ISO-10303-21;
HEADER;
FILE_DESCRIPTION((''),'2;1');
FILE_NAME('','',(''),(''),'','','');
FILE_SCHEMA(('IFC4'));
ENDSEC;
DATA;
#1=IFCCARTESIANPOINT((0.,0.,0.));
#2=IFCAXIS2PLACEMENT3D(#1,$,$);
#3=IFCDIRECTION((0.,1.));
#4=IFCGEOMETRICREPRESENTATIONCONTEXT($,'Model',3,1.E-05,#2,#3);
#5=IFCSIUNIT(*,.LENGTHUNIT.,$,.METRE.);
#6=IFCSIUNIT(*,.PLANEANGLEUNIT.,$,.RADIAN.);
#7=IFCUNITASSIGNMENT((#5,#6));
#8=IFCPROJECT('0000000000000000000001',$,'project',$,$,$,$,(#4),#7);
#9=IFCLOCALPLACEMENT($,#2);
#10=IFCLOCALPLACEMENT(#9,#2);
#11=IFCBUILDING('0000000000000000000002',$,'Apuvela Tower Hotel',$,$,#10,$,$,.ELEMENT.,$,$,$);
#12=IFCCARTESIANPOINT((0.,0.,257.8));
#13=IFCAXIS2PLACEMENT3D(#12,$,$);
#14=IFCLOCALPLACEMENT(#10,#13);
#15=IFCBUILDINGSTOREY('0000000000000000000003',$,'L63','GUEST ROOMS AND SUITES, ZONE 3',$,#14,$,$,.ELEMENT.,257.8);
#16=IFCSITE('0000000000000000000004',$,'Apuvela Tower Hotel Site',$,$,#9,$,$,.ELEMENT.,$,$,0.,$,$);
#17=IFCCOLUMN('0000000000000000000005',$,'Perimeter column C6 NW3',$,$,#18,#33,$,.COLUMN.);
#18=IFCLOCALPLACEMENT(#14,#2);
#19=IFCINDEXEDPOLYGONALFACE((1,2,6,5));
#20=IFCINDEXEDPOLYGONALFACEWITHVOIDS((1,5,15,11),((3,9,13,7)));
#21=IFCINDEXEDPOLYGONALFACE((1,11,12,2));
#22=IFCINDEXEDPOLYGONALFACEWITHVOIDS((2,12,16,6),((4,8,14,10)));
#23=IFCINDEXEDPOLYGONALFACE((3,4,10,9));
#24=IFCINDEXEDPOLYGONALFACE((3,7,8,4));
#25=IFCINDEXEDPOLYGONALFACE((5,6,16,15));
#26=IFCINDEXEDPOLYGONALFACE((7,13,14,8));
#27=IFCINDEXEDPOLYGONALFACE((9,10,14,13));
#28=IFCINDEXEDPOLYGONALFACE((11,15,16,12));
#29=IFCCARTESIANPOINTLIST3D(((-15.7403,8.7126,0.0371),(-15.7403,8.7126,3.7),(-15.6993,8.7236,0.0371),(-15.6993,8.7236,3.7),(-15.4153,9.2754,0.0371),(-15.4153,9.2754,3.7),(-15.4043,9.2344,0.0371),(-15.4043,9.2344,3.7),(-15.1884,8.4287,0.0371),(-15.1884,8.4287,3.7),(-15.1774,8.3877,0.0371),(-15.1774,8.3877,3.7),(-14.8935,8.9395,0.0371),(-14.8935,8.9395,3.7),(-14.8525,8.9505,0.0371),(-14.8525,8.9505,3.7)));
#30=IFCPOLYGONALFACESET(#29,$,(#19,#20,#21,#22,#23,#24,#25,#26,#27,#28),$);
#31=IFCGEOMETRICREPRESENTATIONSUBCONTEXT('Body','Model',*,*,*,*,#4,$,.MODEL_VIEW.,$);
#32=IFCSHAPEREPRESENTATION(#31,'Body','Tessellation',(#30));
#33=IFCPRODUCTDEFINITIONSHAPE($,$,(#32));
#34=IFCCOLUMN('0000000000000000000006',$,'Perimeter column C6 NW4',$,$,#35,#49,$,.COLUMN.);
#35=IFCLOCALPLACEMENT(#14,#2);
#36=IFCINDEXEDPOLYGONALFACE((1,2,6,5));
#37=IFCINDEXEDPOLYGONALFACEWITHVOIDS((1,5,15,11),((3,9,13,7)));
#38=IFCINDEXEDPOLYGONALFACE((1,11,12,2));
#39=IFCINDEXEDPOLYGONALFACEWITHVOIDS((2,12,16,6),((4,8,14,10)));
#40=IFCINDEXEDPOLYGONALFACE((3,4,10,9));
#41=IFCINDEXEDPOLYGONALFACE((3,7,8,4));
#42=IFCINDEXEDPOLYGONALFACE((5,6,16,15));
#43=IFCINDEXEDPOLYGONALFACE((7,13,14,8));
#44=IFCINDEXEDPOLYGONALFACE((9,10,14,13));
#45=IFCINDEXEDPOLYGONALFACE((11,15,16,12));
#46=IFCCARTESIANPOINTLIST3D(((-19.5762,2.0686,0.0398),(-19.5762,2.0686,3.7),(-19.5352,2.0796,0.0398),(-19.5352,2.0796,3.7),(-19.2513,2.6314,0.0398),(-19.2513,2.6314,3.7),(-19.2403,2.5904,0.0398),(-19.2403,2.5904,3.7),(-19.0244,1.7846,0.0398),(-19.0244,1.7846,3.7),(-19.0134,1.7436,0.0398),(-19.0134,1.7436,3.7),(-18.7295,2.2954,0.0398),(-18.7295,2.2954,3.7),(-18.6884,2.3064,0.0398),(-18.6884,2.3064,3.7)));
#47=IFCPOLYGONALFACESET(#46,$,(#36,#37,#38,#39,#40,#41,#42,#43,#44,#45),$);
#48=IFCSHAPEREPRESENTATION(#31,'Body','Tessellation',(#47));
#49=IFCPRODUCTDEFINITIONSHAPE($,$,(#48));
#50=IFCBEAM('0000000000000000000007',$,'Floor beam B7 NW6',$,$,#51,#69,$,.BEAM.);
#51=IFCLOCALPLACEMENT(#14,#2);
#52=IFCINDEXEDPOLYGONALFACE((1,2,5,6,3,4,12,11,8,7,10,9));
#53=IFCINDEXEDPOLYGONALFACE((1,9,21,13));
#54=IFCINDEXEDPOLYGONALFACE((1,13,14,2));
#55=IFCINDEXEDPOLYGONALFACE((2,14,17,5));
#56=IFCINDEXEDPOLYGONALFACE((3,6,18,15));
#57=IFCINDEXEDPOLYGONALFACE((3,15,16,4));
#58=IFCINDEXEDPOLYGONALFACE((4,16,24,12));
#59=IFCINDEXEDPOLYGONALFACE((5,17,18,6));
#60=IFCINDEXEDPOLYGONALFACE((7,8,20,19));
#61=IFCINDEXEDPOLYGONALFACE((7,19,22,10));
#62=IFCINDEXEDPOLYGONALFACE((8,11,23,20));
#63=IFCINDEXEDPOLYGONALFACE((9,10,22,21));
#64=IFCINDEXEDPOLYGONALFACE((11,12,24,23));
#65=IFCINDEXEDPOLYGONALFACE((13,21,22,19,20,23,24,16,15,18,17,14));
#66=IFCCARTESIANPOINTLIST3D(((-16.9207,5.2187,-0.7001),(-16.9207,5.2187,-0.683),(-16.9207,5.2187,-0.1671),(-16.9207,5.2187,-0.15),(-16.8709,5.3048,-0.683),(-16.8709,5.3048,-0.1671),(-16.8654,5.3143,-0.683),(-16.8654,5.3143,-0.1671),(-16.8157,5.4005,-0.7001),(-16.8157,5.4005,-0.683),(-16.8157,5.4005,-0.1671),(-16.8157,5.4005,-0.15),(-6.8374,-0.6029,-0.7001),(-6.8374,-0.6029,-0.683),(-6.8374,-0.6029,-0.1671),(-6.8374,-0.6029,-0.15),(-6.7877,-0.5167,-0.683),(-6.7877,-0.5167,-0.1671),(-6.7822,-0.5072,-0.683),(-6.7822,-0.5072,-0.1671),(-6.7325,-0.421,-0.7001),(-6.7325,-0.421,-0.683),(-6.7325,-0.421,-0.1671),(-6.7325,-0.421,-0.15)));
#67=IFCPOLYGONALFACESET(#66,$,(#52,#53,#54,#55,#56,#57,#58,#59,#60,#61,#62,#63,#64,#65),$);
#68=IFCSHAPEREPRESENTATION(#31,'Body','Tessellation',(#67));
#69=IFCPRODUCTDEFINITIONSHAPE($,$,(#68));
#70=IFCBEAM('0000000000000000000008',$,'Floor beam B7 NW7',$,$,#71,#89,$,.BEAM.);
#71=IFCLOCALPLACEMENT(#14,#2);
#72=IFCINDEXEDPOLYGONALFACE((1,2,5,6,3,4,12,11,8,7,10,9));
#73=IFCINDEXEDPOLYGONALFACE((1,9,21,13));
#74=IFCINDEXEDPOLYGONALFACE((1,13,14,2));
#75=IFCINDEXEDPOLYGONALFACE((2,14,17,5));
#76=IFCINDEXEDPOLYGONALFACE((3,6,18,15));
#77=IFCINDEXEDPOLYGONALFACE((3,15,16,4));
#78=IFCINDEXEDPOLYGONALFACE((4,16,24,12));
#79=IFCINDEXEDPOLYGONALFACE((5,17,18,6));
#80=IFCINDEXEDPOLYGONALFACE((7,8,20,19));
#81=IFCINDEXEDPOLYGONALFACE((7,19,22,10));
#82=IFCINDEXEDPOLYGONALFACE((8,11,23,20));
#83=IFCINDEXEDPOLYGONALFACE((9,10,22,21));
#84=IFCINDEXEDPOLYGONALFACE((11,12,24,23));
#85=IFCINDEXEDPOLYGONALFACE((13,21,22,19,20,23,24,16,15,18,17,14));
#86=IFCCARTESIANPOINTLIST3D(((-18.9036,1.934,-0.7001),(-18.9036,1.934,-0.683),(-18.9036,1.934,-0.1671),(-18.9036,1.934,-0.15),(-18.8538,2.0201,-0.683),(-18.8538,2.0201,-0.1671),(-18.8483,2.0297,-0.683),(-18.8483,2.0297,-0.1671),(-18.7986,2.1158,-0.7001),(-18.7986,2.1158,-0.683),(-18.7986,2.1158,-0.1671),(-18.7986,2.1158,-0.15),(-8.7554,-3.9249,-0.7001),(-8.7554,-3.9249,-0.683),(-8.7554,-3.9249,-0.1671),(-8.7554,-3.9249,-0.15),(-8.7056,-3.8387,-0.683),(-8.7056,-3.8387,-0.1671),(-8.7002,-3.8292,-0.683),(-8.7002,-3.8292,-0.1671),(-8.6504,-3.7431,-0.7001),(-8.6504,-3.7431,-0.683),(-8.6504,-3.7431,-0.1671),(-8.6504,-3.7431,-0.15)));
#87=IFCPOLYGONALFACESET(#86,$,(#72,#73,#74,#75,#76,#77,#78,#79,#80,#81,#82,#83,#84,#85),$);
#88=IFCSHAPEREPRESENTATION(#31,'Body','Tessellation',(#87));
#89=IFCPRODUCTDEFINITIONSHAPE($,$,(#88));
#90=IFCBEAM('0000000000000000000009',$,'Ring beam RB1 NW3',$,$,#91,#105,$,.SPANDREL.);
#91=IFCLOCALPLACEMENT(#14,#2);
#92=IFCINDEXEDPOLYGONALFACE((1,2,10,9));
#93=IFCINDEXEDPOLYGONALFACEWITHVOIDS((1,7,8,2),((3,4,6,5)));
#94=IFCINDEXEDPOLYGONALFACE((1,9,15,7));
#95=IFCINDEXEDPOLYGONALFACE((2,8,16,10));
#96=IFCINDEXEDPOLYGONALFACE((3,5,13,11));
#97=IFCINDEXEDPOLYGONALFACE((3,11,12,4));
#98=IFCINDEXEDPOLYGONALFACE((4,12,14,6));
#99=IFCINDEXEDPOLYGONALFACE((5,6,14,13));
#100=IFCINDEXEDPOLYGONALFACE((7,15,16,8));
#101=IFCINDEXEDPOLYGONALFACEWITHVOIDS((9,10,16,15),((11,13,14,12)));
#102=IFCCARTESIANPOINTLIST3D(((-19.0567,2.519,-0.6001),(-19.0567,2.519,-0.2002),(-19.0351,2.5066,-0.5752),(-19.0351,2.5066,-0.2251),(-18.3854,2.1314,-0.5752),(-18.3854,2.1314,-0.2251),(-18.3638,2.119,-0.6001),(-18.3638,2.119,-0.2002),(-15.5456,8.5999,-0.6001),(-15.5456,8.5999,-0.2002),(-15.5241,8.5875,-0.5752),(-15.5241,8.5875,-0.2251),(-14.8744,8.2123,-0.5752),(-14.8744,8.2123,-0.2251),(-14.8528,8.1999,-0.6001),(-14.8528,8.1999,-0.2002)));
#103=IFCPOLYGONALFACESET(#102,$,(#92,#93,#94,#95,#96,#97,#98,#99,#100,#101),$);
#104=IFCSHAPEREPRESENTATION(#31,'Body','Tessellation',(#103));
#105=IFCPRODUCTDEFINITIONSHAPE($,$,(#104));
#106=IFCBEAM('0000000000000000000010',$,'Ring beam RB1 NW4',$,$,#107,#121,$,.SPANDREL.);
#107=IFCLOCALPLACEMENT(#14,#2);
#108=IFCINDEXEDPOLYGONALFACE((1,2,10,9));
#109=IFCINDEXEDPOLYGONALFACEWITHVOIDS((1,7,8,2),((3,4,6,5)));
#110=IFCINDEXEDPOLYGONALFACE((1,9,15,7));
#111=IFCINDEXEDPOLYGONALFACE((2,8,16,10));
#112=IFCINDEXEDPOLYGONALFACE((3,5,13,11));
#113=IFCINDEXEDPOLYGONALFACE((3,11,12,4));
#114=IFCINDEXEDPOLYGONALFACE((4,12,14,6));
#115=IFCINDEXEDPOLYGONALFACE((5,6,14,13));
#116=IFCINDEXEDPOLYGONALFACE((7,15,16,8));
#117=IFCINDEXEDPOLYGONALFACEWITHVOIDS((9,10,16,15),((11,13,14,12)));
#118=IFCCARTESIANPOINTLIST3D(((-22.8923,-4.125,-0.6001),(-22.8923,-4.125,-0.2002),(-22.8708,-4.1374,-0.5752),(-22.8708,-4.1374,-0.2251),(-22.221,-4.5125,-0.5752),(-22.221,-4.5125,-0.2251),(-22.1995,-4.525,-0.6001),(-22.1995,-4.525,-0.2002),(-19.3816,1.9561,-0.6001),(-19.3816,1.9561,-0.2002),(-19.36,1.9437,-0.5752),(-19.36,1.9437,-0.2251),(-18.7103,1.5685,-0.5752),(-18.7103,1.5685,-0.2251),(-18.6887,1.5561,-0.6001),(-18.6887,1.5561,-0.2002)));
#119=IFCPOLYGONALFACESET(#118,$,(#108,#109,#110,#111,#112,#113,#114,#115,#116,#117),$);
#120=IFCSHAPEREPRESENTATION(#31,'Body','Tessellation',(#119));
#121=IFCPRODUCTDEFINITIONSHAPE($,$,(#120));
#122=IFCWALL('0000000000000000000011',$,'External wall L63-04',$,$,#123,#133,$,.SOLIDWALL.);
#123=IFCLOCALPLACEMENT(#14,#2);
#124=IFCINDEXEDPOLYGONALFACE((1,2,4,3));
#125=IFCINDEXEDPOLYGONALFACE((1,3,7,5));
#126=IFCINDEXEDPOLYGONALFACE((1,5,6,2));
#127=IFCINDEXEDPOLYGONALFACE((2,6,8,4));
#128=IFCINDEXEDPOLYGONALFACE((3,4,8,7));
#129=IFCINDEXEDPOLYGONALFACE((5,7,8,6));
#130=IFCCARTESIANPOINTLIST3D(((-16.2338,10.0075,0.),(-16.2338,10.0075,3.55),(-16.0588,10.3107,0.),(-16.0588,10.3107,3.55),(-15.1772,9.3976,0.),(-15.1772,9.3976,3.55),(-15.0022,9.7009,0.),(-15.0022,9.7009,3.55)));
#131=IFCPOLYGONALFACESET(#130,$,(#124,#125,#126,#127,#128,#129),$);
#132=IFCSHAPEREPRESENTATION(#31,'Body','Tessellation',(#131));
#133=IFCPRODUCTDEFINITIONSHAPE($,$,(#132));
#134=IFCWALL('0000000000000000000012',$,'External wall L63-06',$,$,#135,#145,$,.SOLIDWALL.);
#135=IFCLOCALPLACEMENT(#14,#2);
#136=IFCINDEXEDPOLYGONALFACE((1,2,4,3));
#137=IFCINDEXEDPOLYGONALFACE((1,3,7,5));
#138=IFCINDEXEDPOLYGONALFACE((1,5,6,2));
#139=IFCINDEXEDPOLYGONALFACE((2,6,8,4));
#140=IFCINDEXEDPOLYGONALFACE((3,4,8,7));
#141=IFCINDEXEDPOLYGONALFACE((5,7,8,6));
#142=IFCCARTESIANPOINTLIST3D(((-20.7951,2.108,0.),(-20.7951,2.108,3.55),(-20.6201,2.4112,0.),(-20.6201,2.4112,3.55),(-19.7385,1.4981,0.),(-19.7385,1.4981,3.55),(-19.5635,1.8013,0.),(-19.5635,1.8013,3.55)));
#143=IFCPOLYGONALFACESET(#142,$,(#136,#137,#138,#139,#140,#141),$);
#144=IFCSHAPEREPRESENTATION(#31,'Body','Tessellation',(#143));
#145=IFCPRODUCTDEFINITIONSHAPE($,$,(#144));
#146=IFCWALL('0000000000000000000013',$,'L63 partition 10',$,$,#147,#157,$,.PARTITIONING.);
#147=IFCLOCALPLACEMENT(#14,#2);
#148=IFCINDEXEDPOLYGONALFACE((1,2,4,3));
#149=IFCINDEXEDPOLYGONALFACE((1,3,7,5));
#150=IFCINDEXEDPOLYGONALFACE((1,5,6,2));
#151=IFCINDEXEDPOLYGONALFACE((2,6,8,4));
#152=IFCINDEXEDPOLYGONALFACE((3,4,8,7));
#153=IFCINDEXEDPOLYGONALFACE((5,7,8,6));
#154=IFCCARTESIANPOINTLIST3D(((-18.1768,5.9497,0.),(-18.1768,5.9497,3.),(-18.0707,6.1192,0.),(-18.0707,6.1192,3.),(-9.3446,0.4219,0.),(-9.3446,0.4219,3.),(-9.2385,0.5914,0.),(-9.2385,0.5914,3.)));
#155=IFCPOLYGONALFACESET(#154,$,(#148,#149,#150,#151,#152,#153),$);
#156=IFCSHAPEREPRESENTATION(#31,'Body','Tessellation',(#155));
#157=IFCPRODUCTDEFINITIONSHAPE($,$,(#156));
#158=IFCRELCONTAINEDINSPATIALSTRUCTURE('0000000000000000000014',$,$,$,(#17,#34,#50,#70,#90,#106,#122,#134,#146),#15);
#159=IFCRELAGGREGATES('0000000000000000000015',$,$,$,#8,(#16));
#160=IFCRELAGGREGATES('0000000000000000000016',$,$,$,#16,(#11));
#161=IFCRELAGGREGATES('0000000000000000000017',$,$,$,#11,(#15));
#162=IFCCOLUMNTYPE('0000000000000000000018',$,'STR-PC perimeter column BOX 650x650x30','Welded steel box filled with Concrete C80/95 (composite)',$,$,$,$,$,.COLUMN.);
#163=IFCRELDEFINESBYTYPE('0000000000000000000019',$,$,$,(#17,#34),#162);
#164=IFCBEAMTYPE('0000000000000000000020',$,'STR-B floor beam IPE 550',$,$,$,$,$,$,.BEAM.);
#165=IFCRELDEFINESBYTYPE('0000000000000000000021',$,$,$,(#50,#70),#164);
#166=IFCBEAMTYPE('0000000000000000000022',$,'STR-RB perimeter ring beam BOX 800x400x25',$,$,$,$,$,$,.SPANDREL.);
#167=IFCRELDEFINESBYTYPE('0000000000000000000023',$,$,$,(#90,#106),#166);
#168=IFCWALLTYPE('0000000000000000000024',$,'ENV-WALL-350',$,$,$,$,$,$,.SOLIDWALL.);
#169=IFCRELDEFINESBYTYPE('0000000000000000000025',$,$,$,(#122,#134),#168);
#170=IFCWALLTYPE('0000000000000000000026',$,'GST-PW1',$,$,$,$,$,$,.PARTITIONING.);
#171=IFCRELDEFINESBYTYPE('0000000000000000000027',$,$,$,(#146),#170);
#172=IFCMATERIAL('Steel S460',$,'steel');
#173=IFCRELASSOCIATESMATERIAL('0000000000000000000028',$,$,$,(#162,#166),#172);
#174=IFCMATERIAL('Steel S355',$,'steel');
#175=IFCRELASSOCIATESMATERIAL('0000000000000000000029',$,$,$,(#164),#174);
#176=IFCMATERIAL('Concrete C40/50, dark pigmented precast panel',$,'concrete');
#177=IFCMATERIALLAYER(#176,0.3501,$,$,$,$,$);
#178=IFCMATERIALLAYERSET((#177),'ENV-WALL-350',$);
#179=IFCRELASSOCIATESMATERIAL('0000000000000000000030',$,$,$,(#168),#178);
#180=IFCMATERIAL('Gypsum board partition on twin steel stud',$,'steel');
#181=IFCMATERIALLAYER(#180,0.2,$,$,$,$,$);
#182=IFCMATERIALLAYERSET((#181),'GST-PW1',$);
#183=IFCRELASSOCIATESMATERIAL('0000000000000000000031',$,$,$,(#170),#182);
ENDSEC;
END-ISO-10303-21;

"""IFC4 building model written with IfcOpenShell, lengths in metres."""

from ifc_helpers import new_model, si_unit, direction, frame, frame_2d, origin, origin_2d, place, context, subcontext, project, spatial, rectangle, hollow_rectangle, i_section, extrude, boolean, halfspace, material, layer, layer_set, material_profile, profile_set, type_object, element, save


model = new_model("IFC4")

# Units and contexts
model_context = context("Model", 3, precision=1e-05, world=origin(), true_north=direction((0.0, 1.0)))
body_context = subcontext(model_context, "Body", "Model", "MODEL_VIEW")
ifc_project = project(units=[si_unit("LENGTHUNIT", "METRE"), si_unit("PLANEANGLEUNIT", "RADIAN")], contexts=[model_context])

# Site, building, storey
site_placement = place(None, origin())
site = spatial("IfcSite", under=ifc_project, at=site_placement, Name="Apuvela Tower Hotel Site", CompositionType="ELEMENT", RefElevation=0.0)
building_placement = place(site_placement, origin())
building = spatial("IfcBuilding", under=site, at=building_placement, Name="Apuvela Tower Hotel", CompositionType="ELEMENT")
storey_placement = place(building_placement, frame((0.0, 0.0, 257.8)))
storey = spatial("IfcBuildingStorey", under=building, at=storey_placement, Name="L63", Description="GUEST ROOMS AND SUITES, ZONE 3", CompositionType="ELEMENT", Elevation=257.8)

# Columns
ifc_material_1 = material(Name="Steel S460", Category="steel")
ifc_material_profile_1 = material_profile(ifc_material_1, hollow_rectangle(XDim=0.6499, YDim=0.6499, WallThickness=0.03, at=origin_2d()), Name="BOX 650x650x30")
ifc_material_2 = material(Name="Concrete C80/95", Category="concrete")
ifc_material_profile_2 = material_profile(ifc_material_2, rectangle(XDim=0.5901, YDim=0.5901, at=origin_2d()), Name="Concrete C80/95 infill")
ifc_profile_set_1 = profile_set([ifc_material_profile_1, ifc_material_profile_2], Name="Steel S460")
column_type = type_object("IfcColumnType", Name="STR-PC perimeter column BOX 650x650x30", Description="Welded steel box filled with Concrete C80/95 (composite)", PredefinedType="COLUMN", material=ifc_profile_set_1)
column_1_placement = place(storey_placement, frame((-15.2964, 8.8315, 0.0), z_axis=(0.0, 0.0, 1.0), x_axis=(0.5, 0.866025, 0.0)))
element("IfcColumn", 1, at=column_1_placement, inside=storey, type_object=column_type, Name="Perimeter column C6 NW3", PredefinedType="COLUMN", context=body_context, shape_type="SweptSolid", body=[
    boolean("DIFFERENCE", extrude(hollow_rectangle(XDim=0.6499, YDim=0.6499, WallThickness=0.03, at=origin_2d()), origin(), (0.0, 0.0, 1.0), 3.7), halfspace(frame((0.0, 0.0, 0.0371), z_axis=(0.0, 0.0, 1.0), x_axis=(1.0, 0.0, 0.0)), True)),
])
column_2_placement = place(storey_placement, frame((-19.1323, 2.1875, 0.0), z_axis=(0.0, 0.0, 1.0), x_axis=(0.5, 0.866025, 0.0)))
element("IfcColumn", 2, at=column_2_placement, inside=storey, type_object=column_type, Name="Perimeter column C6 NW4", PredefinedType="COLUMN", context=body_context, shape_type="SweptSolid", body=[
    boolean("DIFFERENCE", extrude(hollow_rectangle(XDim=0.6499, YDim=0.6499, WallThickness=0.03, at=origin_2d()), origin(), (0.0, 0.0, 1.0), 3.7), halfspace(frame((0.0, 0.0, 0.0398), z_axis=(0.0, 0.0, 1.0), x_axis=(1.0, 0.0, 0.0)), True)),
])

# Beams
ifc_material_3 = material(Name="Steel S355", Category="steel")
ifc_material_profile_3 = material_profile(ifc_material_3, i_section(OverallWidth=0.21, OverallDepth=0.55, WebThickness=0.011, FlangeThickness=0.0171, at=origin_2d()), Name="IPE 550")
ifc_profile_set_2 = profile_set([ifc_material_profile_3], Name="Steel S355")
beam_type_1 = type_object("IfcBeamType", Name="STR-B floor beam IPE 550", PredefinedType="BEAM", material=ifc_profile_set_2)
beam_1_placement = place(storey_placement, frame((-16.8682, 5.3096, -0.425), z_axis=(0.866027, -0.499998, 0.0), x_axis=(0.499998, 0.866027, 0.0)))
element("IfcBeam", 3, at=beam_1_placement, inside=storey, type_object=beam_type_1, Name="Floor beam B7 NW6", PredefinedType="BEAM", context=body_context, shape_type="SweptSolid", body=[
    extrude(i_section(OverallWidth=0.21, OverallDepth=0.55, WebThickness=0.011, FlangeThickness=0.0171, at=origin_2d()), origin(), (0.0, 0.0, 1.0), 11.6431),
])
beam_2_placement = place(storey_placement, frame((-18.8511, 2.0249, -0.425), z_axis=(0.866032, -0.499989, 0.0), x_axis=(0.499989, 0.866032, 0.0)))
element("IfcBeam", 4, at=beam_2_placement, inside=storey, type_object=beam_type_1, Name="Floor beam B7 NW7", PredefinedType="BEAM", context=body_context, shape_type="SweptSolid", body=[
    extrude(i_section(OverallWidth=0.21, OverallDepth=0.55, WebThickness=0.011, FlangeThickness=0.0171, at=origin_2d()), origin(), (0.0, 0.0, 1.0), 11.718),
])
ifc_material_profile_4 = material_profile(ifc_material_1, hollow_rectangle(XDim=0.8, YDim=0.3999, WallThickness=0.0249, at=origin_2d()), Name="BOX 800x400x25")
ifc_profile_set_3 = profile_set([ifc_material_profile_4], Name="Steel S460")
beam_type_2 = type_object("IfcBeamType", Name="STR-RB perimeter ring beam BOX 800x400x25", PredefinedType="SPANDREL", material=ifc_profile_set_3)
for number, where, z_axis, x_axis, name in (
    (5, (-15.1992, 8.3999, -0.4001), (-0.500024, -0.866011, 0.0), (0.866011, -0.500024, 0.0), "Ring beam RB1 NW3"),
    (6, (-19.0352, 1.7561, -0.4001), (-0.499983, -0.866035, 0.0), (0.866035, -0.499983, 0.0), "Ring beam RB1 NW4"),
):
    element("IfcBeam", number, at=place(storey_placement, frame(where, z_axis=z_axis, x_axis=x_axis)), inside=storey, type_object=beam_type_2, Name=name, PredefinedType="SPANDREL", context=body_context, shape_type="SweptSolid", body=[
        extrude(hollow_rectangle(XDim=0.8, YDim=0.3999, WallThickness=0.0249, at=origin_2d()), origin(), (0.0, 0.0, 1.0), 7.0217),
    ])

# Wall
ifc_material_4 = material(Name="Concrete C40/50, dark pigmented precast panel", Category="concrete")
ifc_layer_1 = layer(ifc_material_4, 0.3501)
ifc_layer_set_1 = layer_set([ifc_layer_1], Name="ENV-WALL-350")
wall_type_1 = type_object("IfcWallType", Name="ENV-WALL-350", PredefinedType="SOLIDWALL", material=ifc_layer_set_1)
wall_1_placement = place(storey_placement, frame((-15.0898, 9.5493, 0.0), z_axis=(0.0, 0.0, 1.0), x_axis=(-0.866092, 0.499884, 0.0)))
element("IfcWall", 7, at=wall_1_placement, inside=storey, type_object=wall_type_1, Name="External wall L63-04", PredefinedType="SOLIDWALL", context=body_context, shape_type="SweptSolid", body=[
    extrude(rectangle(XDim=1.22, YDim=0.3501, at=frame_2d((0.6099, 0.0))), origin(), (0.0, 0.0, 1.0), 3.55),
])

# Wall
wall_2_placement = place(storey_placement, frame((-20.7075, 2.2595, 0.0), z_axis=(0.0, 0.0, 1.0), x_axis=(0.866092, -0.499884, 0.0)))
element("IfcWall", 8, at=wall_2_placement, inside=storey, type_object=wall_type_1, Name="External wall L63-06", PredefinedType="SOLIDWALL", context=body_context, shape_type="SweptSolid", body=[
    extrude(rectangle(XDim=1.22, YDim=0.3501, at=frame_2d((0.6099, 0.0))), origin(), (0.0, 0.0, 1.0), 3.55),
])

# Wall
ifc_material_5 = material(Name="Gypsum board partition on twin steel stud", Category="steel")
ifc_layer_2 = layer(ifc_material_5, 0.2)
ifc_layer_set_2 = layer_set([ifc_layer_2], Name="GST-PW1")
wall_type_2 = type_object("IfcWallType", Name="GST-PW1", PredefinedType="PARTITIONING", material=ifc_layer_set_2)
wall_3_placement = place(storey_placement, frame((-18.1238, 6.0344, 0.0), z_axis=(0.0, 0.0, 1.0), x_axis=(0.847668, -0.530527, 0.0)))
element("IfcWall", 9, at=wall_3_placement, inside=storey, type_object=wall_type_2, Name="L63 partition 10", PredefinedType="PARTITIONING", context=body_context, shape_type="SweptSolid", body=[
    extrude(rectangle(XDim=10.4194, YDim=0.2, at=frame_2d((5.2097, 0.0))), origin(), (0.0, 0.0, 1.0), 3.0),
])

save(model, "model.ifc")
